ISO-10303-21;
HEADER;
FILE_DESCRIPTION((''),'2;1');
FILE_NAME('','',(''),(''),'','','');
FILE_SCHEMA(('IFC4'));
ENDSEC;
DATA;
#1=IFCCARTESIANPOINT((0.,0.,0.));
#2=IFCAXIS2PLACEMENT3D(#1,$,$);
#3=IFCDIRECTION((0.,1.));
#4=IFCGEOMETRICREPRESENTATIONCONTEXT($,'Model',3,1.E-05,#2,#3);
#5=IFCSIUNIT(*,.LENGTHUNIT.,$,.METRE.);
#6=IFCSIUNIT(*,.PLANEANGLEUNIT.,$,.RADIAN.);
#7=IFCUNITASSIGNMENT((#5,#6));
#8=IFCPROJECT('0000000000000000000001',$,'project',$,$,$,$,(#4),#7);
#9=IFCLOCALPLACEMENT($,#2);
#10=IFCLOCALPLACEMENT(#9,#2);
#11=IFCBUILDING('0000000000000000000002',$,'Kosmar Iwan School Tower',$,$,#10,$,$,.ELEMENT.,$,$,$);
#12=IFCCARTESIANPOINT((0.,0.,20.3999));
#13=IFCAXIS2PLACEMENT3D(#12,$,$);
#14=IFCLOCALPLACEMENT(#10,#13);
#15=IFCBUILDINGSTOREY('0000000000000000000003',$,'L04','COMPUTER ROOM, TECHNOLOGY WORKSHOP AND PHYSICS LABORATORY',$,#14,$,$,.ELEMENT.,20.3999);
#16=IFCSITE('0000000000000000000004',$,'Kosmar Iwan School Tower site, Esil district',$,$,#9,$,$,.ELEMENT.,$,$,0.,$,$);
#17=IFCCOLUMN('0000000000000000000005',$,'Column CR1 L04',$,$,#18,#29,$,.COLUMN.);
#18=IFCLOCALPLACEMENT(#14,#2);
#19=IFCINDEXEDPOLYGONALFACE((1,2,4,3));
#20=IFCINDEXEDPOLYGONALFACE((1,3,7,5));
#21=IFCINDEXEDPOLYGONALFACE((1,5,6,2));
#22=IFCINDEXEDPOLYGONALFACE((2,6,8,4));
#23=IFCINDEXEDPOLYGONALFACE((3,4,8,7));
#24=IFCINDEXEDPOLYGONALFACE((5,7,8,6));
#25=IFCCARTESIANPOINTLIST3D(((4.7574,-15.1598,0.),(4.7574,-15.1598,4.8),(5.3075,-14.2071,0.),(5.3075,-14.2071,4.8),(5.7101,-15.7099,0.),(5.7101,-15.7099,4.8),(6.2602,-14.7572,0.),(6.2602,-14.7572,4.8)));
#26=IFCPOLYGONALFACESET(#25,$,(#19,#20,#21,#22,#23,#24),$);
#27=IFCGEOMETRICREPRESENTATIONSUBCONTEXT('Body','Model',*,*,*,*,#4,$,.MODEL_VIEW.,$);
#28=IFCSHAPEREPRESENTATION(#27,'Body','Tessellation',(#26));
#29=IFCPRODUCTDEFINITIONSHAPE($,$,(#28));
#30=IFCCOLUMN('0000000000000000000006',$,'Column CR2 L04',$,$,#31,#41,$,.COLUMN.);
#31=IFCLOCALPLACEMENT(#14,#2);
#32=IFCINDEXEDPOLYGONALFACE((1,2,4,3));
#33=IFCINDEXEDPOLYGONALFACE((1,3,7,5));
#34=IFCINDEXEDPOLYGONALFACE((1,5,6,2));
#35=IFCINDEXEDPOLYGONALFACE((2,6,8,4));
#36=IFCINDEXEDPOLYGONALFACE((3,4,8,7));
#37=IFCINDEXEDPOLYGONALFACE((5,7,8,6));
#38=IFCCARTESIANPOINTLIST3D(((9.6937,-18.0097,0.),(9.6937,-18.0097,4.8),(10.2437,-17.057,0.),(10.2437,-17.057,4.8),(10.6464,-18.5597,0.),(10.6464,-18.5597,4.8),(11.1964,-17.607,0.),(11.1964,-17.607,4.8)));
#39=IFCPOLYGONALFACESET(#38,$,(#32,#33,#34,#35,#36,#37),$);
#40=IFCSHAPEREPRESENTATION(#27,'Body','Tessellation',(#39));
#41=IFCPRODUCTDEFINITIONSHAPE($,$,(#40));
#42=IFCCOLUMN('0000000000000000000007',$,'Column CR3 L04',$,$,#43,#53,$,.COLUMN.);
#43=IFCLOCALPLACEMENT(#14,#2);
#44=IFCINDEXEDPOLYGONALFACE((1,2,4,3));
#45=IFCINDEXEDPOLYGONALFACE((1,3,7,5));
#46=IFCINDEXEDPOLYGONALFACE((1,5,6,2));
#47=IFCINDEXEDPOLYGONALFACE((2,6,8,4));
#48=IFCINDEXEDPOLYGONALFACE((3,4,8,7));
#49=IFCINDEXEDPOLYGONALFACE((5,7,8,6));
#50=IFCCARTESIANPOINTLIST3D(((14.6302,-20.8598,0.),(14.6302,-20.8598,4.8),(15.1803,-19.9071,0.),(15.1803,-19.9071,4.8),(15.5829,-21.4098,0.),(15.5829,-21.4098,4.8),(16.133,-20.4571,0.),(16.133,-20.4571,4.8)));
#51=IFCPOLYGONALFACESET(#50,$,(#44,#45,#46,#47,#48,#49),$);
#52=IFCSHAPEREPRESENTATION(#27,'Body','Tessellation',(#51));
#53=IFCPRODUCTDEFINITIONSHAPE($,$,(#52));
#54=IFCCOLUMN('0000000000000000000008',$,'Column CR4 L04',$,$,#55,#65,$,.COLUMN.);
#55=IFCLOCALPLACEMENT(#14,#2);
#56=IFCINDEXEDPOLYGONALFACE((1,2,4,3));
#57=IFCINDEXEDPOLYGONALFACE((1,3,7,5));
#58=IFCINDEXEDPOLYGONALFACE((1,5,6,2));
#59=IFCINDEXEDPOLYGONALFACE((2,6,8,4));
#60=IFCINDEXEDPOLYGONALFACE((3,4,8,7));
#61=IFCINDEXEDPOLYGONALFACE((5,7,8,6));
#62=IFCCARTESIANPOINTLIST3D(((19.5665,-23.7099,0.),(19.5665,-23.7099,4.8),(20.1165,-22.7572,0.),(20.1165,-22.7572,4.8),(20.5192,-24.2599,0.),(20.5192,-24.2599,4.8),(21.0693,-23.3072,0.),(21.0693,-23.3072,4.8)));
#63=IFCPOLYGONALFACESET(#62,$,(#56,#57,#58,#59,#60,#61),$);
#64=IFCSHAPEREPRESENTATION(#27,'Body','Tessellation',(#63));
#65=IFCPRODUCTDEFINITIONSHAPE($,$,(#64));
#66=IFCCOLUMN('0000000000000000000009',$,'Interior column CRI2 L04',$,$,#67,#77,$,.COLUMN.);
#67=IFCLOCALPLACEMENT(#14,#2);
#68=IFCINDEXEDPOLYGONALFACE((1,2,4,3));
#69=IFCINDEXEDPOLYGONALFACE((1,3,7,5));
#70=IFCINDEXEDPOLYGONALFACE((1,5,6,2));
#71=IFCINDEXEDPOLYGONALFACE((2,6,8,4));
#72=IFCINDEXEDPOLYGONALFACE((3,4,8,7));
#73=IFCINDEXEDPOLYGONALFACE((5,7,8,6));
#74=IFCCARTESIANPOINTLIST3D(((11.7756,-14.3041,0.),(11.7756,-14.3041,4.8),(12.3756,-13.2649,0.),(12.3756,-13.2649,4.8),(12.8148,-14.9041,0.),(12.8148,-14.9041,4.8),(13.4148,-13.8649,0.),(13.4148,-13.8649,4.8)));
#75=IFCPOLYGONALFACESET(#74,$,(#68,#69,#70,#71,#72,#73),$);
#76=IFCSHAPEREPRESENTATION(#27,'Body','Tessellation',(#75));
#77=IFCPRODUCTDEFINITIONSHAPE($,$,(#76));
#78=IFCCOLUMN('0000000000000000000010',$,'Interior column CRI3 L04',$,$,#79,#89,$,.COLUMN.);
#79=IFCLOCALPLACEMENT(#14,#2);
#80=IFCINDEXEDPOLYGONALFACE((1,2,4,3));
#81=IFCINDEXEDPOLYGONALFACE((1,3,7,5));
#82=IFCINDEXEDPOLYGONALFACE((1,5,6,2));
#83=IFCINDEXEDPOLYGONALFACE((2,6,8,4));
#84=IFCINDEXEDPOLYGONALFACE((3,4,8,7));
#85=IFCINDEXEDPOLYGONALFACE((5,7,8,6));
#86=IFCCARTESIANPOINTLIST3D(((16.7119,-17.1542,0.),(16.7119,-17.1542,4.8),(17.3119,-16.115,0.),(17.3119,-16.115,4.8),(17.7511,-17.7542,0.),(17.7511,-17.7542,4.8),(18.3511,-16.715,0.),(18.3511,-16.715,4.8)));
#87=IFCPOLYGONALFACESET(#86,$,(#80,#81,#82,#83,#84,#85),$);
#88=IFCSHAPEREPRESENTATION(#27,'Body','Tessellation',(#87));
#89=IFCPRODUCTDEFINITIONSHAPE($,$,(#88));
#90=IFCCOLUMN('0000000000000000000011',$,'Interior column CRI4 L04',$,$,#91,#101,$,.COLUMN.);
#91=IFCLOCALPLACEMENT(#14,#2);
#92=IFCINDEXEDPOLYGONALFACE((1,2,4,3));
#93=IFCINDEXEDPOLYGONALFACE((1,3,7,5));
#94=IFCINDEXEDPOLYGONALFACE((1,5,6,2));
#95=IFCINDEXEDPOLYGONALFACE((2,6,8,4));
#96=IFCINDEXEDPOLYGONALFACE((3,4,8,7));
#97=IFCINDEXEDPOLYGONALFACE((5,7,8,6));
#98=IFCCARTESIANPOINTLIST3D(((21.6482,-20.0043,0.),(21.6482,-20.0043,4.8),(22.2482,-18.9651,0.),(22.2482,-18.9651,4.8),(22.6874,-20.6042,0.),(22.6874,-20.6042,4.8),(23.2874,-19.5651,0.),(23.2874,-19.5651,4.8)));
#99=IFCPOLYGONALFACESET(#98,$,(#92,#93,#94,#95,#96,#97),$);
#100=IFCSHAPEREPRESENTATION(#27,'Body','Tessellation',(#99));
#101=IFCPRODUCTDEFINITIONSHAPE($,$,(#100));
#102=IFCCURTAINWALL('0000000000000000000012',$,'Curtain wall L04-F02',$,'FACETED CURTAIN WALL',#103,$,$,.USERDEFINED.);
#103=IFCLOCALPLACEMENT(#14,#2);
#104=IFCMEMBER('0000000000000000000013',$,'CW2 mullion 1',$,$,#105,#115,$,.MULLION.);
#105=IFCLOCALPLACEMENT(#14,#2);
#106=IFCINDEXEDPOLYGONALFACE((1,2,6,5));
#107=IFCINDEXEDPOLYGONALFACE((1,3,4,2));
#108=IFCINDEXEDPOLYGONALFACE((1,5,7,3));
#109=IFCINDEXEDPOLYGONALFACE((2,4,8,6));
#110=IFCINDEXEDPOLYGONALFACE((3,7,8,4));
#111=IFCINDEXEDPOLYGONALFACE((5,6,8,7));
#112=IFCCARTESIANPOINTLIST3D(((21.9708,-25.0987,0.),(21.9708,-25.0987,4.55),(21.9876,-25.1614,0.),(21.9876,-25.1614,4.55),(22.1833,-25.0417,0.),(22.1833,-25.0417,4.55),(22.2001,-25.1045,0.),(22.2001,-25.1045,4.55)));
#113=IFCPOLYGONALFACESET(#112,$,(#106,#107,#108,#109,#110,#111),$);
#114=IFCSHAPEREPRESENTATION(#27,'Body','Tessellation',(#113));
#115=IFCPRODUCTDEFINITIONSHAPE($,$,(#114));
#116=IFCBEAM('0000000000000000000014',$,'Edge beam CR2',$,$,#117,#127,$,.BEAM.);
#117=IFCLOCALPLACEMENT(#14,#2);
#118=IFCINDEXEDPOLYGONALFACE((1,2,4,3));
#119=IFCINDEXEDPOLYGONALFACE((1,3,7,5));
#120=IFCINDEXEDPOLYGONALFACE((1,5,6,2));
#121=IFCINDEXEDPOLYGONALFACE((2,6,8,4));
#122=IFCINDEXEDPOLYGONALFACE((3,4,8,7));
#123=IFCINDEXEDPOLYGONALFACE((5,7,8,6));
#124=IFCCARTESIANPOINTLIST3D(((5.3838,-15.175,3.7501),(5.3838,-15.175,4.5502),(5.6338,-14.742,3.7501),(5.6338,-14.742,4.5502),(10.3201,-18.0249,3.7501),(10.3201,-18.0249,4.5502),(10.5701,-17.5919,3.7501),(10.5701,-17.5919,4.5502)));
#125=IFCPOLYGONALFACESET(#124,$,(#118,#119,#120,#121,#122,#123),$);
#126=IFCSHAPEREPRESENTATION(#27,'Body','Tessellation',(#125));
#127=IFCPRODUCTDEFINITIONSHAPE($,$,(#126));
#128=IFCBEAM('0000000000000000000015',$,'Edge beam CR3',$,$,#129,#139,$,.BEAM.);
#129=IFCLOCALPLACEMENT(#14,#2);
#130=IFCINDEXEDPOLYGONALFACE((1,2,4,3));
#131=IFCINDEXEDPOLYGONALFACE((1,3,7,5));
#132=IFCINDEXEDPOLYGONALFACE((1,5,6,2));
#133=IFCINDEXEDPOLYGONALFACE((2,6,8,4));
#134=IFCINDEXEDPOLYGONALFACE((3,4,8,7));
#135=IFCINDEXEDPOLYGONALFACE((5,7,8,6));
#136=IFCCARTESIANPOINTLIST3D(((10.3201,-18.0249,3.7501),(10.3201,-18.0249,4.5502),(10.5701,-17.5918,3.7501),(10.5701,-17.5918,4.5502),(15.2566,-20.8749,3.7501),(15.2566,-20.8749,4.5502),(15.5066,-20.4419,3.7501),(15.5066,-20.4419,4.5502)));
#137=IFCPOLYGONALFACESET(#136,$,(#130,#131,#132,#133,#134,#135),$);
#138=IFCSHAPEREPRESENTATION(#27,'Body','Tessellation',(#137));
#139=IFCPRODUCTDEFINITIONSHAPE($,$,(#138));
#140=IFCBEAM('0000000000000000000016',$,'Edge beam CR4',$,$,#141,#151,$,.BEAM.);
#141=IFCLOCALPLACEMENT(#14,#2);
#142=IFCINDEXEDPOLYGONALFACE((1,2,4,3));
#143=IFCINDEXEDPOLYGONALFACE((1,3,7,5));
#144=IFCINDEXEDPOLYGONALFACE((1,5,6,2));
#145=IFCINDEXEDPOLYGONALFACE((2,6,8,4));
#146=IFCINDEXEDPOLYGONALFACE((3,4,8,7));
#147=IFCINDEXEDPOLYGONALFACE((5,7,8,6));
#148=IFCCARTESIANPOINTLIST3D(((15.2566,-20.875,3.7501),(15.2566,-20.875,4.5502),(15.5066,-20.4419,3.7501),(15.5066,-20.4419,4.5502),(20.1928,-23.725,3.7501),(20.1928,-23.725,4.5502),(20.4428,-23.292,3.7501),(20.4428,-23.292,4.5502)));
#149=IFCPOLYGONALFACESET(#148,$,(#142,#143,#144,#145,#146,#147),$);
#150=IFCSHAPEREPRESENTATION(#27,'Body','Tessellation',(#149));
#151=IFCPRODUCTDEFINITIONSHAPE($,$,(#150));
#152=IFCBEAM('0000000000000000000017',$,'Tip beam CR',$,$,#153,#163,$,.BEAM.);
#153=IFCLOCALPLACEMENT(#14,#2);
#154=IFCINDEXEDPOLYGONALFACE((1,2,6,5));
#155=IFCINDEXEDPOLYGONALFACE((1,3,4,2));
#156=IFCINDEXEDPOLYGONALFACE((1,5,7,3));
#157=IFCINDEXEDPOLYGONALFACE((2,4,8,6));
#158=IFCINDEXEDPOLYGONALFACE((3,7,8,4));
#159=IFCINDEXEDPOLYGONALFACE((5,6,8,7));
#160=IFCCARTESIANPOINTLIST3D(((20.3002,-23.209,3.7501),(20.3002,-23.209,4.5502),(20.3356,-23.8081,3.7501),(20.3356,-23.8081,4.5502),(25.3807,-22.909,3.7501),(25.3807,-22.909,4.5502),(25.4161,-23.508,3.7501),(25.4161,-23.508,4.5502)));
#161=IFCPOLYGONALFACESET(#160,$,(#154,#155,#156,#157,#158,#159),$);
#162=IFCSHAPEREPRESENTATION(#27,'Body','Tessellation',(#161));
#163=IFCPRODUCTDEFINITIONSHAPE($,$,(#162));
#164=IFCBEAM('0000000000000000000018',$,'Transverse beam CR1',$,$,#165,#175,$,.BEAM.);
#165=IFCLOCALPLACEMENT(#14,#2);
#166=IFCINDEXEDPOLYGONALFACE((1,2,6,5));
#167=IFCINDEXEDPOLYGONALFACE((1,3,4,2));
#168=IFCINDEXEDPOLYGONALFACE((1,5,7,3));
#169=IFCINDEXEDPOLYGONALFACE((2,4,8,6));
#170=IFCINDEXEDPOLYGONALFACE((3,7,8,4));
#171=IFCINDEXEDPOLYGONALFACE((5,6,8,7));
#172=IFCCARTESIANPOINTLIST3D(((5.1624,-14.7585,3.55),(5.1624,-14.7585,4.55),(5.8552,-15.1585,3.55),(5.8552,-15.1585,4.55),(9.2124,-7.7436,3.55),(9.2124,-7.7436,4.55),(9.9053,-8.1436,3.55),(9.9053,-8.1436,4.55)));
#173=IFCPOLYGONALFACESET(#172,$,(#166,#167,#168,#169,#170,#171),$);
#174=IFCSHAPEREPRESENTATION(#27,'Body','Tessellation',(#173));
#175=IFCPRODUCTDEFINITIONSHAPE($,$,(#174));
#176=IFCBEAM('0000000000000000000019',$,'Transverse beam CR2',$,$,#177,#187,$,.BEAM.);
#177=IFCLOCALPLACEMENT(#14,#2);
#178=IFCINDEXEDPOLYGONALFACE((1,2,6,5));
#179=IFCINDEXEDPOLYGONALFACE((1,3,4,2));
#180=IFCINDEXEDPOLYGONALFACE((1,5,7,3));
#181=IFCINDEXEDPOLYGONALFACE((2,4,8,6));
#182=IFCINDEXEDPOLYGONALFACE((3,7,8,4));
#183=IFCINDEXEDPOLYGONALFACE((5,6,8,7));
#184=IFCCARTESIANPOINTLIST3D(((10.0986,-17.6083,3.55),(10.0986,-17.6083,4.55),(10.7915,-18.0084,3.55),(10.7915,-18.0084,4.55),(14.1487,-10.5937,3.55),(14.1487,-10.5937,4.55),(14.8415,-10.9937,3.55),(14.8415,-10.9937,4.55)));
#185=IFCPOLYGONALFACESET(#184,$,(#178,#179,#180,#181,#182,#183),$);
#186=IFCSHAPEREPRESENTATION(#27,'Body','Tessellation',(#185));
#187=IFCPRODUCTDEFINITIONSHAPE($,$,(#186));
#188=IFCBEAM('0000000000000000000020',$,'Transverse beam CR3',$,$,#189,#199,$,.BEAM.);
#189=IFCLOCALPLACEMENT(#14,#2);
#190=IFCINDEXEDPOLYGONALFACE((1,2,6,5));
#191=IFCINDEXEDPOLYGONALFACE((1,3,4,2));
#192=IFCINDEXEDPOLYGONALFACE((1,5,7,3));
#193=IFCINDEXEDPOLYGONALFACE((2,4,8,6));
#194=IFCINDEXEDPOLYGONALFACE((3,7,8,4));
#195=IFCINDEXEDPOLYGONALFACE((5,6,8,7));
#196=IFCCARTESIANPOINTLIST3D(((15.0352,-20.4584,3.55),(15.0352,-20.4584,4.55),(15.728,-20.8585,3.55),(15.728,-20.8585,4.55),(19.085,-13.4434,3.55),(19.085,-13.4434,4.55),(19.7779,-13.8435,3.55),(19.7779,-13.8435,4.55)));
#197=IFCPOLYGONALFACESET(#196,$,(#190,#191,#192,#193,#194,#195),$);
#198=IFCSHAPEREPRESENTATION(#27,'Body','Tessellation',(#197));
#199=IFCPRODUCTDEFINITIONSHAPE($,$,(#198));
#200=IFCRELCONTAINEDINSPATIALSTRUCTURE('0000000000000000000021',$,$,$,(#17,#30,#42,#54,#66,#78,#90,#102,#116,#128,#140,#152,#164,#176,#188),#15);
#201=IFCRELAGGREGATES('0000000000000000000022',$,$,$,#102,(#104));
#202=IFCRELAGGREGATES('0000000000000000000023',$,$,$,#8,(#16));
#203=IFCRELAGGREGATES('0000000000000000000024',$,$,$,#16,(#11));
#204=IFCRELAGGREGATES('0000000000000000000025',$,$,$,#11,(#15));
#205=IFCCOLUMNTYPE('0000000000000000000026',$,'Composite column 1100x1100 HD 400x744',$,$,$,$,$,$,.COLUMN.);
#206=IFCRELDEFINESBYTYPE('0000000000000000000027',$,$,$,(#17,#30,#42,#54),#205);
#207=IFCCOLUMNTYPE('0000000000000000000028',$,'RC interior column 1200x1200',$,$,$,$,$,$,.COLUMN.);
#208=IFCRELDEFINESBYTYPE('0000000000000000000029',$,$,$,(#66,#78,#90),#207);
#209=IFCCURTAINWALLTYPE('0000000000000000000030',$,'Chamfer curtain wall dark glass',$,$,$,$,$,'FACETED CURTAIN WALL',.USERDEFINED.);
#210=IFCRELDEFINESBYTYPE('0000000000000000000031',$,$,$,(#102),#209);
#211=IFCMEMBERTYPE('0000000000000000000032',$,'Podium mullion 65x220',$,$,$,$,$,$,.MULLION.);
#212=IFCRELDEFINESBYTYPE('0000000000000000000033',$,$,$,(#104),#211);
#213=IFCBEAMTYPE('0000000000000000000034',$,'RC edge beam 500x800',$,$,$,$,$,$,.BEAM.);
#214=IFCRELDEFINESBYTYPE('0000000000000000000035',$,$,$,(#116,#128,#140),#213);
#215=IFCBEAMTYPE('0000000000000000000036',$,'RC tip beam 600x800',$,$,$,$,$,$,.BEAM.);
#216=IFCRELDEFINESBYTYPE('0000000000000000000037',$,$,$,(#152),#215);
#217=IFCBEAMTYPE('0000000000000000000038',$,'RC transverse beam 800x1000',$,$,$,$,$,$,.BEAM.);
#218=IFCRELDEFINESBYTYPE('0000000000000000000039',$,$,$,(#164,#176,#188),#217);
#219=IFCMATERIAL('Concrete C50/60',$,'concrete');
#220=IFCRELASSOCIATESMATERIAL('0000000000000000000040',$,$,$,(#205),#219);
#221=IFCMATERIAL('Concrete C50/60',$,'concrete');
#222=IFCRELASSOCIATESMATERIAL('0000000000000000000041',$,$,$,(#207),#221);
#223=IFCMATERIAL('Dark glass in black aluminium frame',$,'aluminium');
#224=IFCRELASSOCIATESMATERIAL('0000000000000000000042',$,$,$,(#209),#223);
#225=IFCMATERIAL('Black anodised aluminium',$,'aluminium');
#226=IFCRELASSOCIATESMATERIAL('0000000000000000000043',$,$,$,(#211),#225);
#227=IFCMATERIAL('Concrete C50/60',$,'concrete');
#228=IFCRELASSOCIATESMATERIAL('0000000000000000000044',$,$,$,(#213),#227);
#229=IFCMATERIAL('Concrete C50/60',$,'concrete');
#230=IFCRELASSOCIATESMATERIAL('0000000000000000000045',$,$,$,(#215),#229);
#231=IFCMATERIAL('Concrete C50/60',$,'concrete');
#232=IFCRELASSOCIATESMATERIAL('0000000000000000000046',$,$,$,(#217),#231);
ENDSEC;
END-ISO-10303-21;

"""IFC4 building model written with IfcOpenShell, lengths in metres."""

from ifc_helpers import new_model, si_unit, direction, frame, origin, origin_2d, place, context, subcontext, project, spatial, rectangle, extrude, material, material_profile, profile_set, type_object, element, aggregate, save


model = new_model("IFC4")

# Units and contexts
model_context = context("Model", 3, precision=1e-05, world=origin(), true_north=direction((0.0, 1.0)))
body_context = subcontext(model_context, "Body", "Model", "MODEL_VIEW")
ifc_project = project(units=[si_unit("LENGTHUNIT", "METRE"), si_unit("PLANEANGLEUNIT", "RADIAN")], contexts=[model_context])

# Site, building, storey
site_placement = place(None, origin())
site = spatial("IfcSite", under=ifc_project, at=site_placement, Name="Kosmar Iwan School Tower site, Esil district", CompositionType="ELEMENT", RefElevation=0.0)
building_placement = place(site_placement, origin())
building = spatial("IfcBuilding", under=site, at=building_placement, Name="Kosmar Iwan School Tower", CompositionType="ELEMENT")
storey_placement = place(building_placement, frame((0.0, 0.0, 20.3999)))
storey = spatial("IfcBuildingStorey", under=building, at=storey_placement, Name="L04", Description="COMPUTER ROOM, TECHNOLOGY WORKSHOP AND PHYSICS LABORATORY", CompositionType="ELEMENT", Elevation=20.3999)

# Columns
ifc_material_1 = material(Name="Concrete C50/60", Category="concrete")
ifc_material_profile_1 = material_profile(ifc_material_1, rectangle(XDim=1.1001, YDim=1.1001, at=origin_2d()), Name="RC 1100x1100 + HD 400x744")
ifc_profile_set_1 = profile_set([ifc_material_profile_1], Name="Concrete C50/60")
column_type_1 = type_object("IfcColumnType", Name="Composite column 1100x1100 HD 400x744", PredefinedType="COLUMN", material=ifc_profile_set_1)
for number, where, z_axis, x_axis, name in (
    (1, (5.5088, -14.9585, 0.0), (0.0, 0.0, 1.0), (0.866025, -0.5, 0.0), "Column CR1 L04"),
    (2, (10.4451, -17.8083, 0.0), (0.0, 0.0, 1.0), (0.866025, -0.5, 0.0), "Column CR2 L04"),
    (3, (15.3816, -20.6584, 0.0), (0.0, 0.0, 1.0), (0.866025, -0.5, 0.0), "Column CR3 L04"),
    (4, (20.3179, -23.5085, 0.0), (0.0, 0.0, 1.0), (0.866025, -0.5, 0.0), "Column CR4 L04"),
):
    element("IfcColumn", number, at=place(storey_placement, frame(where, z_axis=z_axis, x_axis=x_axis)), inside=storey, type_object=column_type_1, Name=name, PredefinedType="COLUMN", context=body_context, shape_type="SweptSolid", body=[
        extrude(rectangle(XDim=1.1001, YDim=1.1001, at=origin_2d()), origin(), (0.0, 0.0, 1.0), 4.8),
    ])
ifc_material_2 = material(Name="Concrete C50/60", Category="concrete")
ifc_material_profile_2 = material_profile(ifc_material_2, rectangle(XDim=1.2, YDim=1.2, at=origin_2d()), Name="RC 1200x1200")
ifc_profile_set_2 = profile_set([ifc_material_profile_2], Name="Concrete C50/60")
column_type_2 = type_object("IfcColumnType", Name="RC interior column 1200x1200", PredefinedType="COLUMN", material=ifc_profile_set_2)
for number, where, z_axis, x_axis, name in (
    (5, (12.5952, -14.0845, 0.0), (0.0, 0.0, 1.0), (0.866025, -0.5, 0.0), "Interior column CRI2 L04"),
    (6, (17.5315, -16.9346, 0.0), (0.0, 0.0, 1.0), (0.866025, -0.5, 0.0), "Interior column CRI3 L04"),
    (7, (22.4678, -19.7847, 0.0), (0.0, 0.0, 1.0), (0.866025, -0.5, 0.0), "Interior column CRI4 L04"),
):
    element("IfcColumn", number, at=place(storey_placement, frame(where, z_axis=z_axis, x_axis=x_axis)), inside=storey, type_object=column_type_2, Name=name, PredefinedType="COLUMN", context=body_context, shape_type="SweptSolid", body=[
        extrude(rectangle(XDim=1.2, YDim=1.2, at=origin_2d()), origin(), (0.0, 0.0, 1.0), 4.8),
    ])

# Curtain wall, member
ifc_material_3 = material(Name="Dark glass in black aluminium frame", Category="aluminium")
curtain_wall_type = type_object("IfcCurtainWallType", Name="Chamfer curtain wall dark glass", ElementType="FACETED CURTAIN WALL", PredefinedType="USERDEFINED", material=ifc_material_3)
curtain_wall_placement = place(storey_placement, origin())
curtain_wall = element("IfcCurtainWall", 8, at=curtain_wall_placement, inside=storey, type_object=curtain_wall_type, Name="Curtain wall L04-F02", ObjectType="FACETED CURTAIN WALL", PredefinedType="USERDEFINED")
ifc_material_4 = material(Name="Black anodised aluminium", Category="aluminium")
ifc_material_profile_3 = material_profile(ifc_material_4, rectangle(XDim=0.0649, YDim=0.22, at=origin_2d()), Name="MULLION 65x220")
ifc_profile_set_3 = profile_set([ifc_material_profile_3], Name="Black anodised aluminium")
member_type_1 = type_object("IfcMemberType", Name="Podium mullion 65x220", PredefinedType="MULLION", material=ifc_profile_set_3)
member_1_placement = place(storey_placement, frame((22.0854, -25.1016, 0.0), z_axis=(0.0, 0.0, 1.0), x_axis=(-0.258819, 0.965926, 0.0)))
member_1 = element("IfcMember", 9, at=member_1_placement, type_object=member_type_1, Name="CW2 mullion 1", PredefinedType="MULLION", context=body_context, shape_type="SweptSolid", body=[
    extrude(rectangle(XDim=0.0649, YDim=0.22, at=origin_2d()), origin(), (0.0, 0.0, 1.0), 4.55),
])

# Beams
ifc_material_5 = material(Name="Concrete C50/60", Category="concrete")
ifc_material_profile_4 = material_profile(ifc_material_5, rectangle(XDim=0.5, YDim=0.8, at=origin_2d()), Name="RC 500x800")
ifc_profile_set_4 = profile_set([ifc_material_profile_4], Name="Concrete C50/60")
beam_type_1 = type_object("IfcBeamType", Name="RC edge beam 500x800", PredefinedType="BEAM", material=ifc_profile_set_4)
beam_1_placement = place(storey_placement, frame((5.5088, -14.9585, 4.1501), z_axis=(0.866034, -0.499986, 0.0), x_axis=(0.499986, 0.866034, 0.0)))
element("IfcBeam", 10, at=beam_1_placement, inside=storey, type_object=beam_type_1, Name="Edge beam CR2", PredefinedType="BEAM", context=body_context, shape_type="SweptSolid", body=[
    extrude(rectangle(XDim=0.5, YDim=0.8, at=origin_2d()), origin(), (0.0, 0.0, 1.0), 5.7),
])
beam_2_placement = place(storey_placement, frame((10.4451, -17.8083, 4.1501), z_axis=(0.866026, -0.499999, 0.0), x_axis=(0.499999, 0.866026, 0.0)))
element("IfcBeam", 11, at=beam_2_placement, inside=storey, type_object=beam_type_1, Name="Edge beam CR3", PredefinedType="BEAM", context=body_context, shape_type="SweptSolid", body=[
    extrude(rectangle(XDim=0.5, YDim=0.8, at=origin_2d()), origin(), (0.0, 0.0, 1.0), 5.7002),
])
beam_3_placement = place(storey_placement, frame((15.3816, -20.6584, 4.1501), z_axis=(0.866015, -0.500018, 0.0), x_axis=(0.500018, 0.866015, 0.0)))
element("IfcBeam", 12, at=beam_3_placement, inside=storey, type_object=beam_type_1, Name="Edge beam CR4", PredefinedType="BEAM", context=body_context, shape_type="SweptSolid", body=[
    extrude(rectangle(XDim=0.5, YDim=0.8, at=origin_2d()), origin(), (0.0, 0.0, 1.0), 5.7),
])
ifc_material_6 = material(Name="Concrete C50/60", Category="concrete")
ifc_material_profile_5 = material_profile(ifc_material_6, rectangle(XDim=0.6001, YDim=0.8, at=origin_2d()), Name="RC 600x800")
ifc_profile_set_5 = profile_set([ifc_material_profile_5], Name="Concrete C50/60")
beam_type_2 = type_object("IfcBeamType", Name="RC tip beam 600x800", PredefinedType="BEAM", material=ifc_profile_set_5)
beam_4_placement = place(storey_placement, frame((20.3179, -23.5085, 4.1501), z_axis=(0.998261, 0.058955, 0.0), x_axis=(-0.058955, 0.998261, 0.0)))
element("IfcBeam", 13, at=beam_4_placement, inside=storey, type_object=beam_type_2, Name="Tip beam CR", PredefinedType="BEAM", context=body_context, shape_type="SweptSolid", body=[
    extrude(rectangle(XDim=0.6001, YDim=0.8, at=origin_2d()), origin(), (0.0, 0.0, 1.0), 5.0894),
])
ifc_material_7 = material(Name="Concrete C50/60", Category="concrete")
ifc_material_profile_6 = material_profile(ifc_material_7, rectangle(XDim=0.8, YDim=1.0, at=origin_2d()), Name="RC 800x1000")
ifc_profile_set_6 = profile_set([ifc_material_profile_6], Name="Concrete C50/60")
beam_type_3 = type_object("IfcBeamType", Name="RC transverse beam 800x1000", PredefinedType="BEAM", material=ifc_profile_set_6)
beam_5_placement = place(storey_placement, frame((5.5088, -14.9585, 4.05), z_axis=(0.5, 0.866025, 0.0), x_axis=(-0.866025, 0.5, 0.0)))
element("IfcBeam", 14, at=beam_5_placement, inside=storey, type_object=beam_type_3, Name="Transverse beam CR1", PredefinedType="BEAM", context=body_context, shape_type="SweptSolid", body=[
    extrude(rectangle(XDim=0.8, YDim=1.0, at=origin_2d()), origin(), (0.0, 0.0, 1.0), 8.1001),
])
beam_6_placement = place(storey_placement, frame((10.4451, -17.8083, 4.05), z_axis=(0.500013, 0.866018, 0.0), x_axis=(-0.866018, 0.500013, 0.0)))
element("IfcBeam", 15, at=beam_6_placement, inside=storey, type_object=beam_type_3, Name="Transverse beam CR2", PredefinedType="BEAM", context=body_context, shape_type="SweptSolid", body=[
    extrude(rectangle(XDim=0.8, YDim=1.0, at=origin_2d()), origin(), (0.0, 0.0, 1.0), 8.0999),
])
for number, where, z_axis, x_axis, name in (
    (16, (15.3816, -20.6584, 4.05), (0.499977, 0.866039, 0.0), (-0.866039, 0.499977, 0.0), "Transverse beam CR3"),
):
    element("IfcBeam", number, at=place(storey_placement, frame(where, z_axis=z_axis, x_axis=x_axis)), inside=storey, type_object=beam_type_3, Name=name, PredefinedType="BEAM", context=body_context, shape_type="SweptSolid", body=[
        extrude(rectangle(XDim=0.8, YDim=1.0, at=origin_2d()), origin(), (0.0, 0.0, 1.0), 8.1001),
    ])

aggregate(curtain_wall, [member_1])

save(model, "model.ifc")
